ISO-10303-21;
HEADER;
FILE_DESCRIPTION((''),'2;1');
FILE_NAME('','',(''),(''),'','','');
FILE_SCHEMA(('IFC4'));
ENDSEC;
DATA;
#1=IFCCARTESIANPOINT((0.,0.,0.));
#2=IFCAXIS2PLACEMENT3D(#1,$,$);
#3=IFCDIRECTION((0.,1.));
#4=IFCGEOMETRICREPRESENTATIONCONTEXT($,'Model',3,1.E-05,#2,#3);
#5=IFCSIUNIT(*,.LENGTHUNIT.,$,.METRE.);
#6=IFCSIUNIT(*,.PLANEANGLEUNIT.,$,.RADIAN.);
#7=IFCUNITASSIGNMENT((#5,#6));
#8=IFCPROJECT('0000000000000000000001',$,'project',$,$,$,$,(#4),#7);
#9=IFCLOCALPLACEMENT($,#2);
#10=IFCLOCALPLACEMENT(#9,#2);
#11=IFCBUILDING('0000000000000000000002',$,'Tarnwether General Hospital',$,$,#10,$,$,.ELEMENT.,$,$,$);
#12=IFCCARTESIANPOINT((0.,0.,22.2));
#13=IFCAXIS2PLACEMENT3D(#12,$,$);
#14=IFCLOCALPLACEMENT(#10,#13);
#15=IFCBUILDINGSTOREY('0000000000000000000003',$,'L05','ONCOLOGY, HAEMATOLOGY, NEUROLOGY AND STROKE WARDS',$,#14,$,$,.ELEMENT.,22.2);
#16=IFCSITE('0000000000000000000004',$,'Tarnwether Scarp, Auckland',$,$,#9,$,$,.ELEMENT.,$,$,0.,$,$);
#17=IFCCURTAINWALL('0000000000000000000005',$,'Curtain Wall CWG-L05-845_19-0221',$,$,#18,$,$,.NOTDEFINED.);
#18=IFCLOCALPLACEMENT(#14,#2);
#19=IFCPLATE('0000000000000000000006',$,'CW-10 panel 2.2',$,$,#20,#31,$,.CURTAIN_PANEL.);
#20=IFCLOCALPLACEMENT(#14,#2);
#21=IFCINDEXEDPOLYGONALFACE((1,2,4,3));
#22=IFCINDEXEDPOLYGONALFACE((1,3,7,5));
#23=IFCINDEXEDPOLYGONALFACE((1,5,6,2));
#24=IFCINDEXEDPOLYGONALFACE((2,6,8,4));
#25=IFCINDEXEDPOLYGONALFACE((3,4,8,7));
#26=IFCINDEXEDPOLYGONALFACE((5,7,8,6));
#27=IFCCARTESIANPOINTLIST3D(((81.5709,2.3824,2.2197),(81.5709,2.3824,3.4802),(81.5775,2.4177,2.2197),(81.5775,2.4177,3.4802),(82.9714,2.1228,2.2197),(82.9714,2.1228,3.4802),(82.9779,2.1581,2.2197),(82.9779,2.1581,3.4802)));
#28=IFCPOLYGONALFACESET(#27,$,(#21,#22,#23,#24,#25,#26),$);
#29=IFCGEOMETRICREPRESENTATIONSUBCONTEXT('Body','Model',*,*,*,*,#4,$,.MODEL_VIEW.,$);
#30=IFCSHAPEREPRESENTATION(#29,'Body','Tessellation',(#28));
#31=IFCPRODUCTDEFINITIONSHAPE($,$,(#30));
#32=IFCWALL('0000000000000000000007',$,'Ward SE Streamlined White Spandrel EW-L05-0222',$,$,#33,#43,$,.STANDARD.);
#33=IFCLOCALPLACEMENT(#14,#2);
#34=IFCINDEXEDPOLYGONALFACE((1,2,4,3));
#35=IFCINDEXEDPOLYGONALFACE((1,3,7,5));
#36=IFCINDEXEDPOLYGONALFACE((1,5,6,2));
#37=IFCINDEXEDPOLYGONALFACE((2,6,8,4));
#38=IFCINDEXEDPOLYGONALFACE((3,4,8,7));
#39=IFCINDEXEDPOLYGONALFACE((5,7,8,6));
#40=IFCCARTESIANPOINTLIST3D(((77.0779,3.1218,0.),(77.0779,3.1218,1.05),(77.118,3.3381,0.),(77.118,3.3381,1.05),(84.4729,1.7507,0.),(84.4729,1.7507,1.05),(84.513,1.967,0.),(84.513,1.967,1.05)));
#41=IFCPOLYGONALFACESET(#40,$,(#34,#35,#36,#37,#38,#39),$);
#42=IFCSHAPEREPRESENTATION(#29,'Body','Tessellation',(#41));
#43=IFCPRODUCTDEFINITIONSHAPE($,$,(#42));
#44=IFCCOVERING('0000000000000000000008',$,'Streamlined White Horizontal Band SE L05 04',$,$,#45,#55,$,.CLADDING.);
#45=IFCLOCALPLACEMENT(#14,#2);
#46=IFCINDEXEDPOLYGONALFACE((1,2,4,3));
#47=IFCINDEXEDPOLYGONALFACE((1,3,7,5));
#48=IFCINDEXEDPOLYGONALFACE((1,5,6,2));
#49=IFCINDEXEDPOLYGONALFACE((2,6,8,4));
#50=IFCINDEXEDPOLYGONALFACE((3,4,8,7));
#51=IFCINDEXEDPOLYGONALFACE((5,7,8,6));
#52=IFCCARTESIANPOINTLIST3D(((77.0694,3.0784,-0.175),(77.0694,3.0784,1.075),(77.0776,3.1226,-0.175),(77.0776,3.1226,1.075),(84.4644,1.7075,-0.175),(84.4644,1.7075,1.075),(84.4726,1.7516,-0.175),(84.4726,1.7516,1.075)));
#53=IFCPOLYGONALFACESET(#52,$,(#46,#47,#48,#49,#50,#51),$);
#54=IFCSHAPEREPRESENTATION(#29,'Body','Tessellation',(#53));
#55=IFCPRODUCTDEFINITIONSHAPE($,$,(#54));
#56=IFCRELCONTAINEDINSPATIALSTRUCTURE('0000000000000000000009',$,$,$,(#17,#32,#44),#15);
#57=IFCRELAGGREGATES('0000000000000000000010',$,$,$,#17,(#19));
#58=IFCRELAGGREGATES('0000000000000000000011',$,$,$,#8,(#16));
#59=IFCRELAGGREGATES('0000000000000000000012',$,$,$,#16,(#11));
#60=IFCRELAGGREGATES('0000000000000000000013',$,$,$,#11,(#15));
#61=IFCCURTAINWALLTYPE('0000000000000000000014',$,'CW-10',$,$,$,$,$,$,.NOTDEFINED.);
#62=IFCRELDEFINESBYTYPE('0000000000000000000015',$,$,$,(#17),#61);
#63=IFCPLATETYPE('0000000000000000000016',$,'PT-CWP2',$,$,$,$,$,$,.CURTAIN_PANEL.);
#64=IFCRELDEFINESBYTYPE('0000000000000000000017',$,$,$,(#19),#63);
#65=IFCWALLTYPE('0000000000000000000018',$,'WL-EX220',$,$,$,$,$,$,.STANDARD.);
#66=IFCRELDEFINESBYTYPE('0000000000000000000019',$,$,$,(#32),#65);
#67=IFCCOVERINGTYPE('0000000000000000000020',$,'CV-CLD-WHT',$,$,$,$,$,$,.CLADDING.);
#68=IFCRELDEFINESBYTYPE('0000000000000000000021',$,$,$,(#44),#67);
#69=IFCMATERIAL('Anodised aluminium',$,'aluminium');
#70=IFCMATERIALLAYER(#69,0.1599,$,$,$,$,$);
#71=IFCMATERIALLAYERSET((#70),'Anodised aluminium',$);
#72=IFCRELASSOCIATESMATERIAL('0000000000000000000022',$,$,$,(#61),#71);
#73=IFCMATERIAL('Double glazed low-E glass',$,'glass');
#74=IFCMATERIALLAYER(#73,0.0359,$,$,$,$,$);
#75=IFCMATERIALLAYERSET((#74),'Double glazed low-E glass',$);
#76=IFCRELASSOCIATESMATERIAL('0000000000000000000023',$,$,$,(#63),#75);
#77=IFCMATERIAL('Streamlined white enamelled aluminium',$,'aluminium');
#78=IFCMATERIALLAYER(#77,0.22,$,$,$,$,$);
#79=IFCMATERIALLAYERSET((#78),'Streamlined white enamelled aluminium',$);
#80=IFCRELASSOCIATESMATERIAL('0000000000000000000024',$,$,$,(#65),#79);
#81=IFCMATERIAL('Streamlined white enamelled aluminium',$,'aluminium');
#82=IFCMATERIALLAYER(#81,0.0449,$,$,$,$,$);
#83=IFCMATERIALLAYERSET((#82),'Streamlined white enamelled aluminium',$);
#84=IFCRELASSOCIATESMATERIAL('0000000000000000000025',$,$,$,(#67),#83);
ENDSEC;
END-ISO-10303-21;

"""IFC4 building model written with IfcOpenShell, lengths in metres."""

from ifc_helpers import new_model, si_unit, direction, frame, frame_2d, origin, origin_2d, place, context, subcontext, project, spatial, rectangle, extrude, material, layer, layer_set, type_object, element, aggregate, save


model = new_model("IFC4")

# Units and contexts
model_context = context("Model", 3, precision=1e-05, world=origin(), true_north=direction((0.0, 1.0)))
body_context = subcontext(model_context, "Body", "Model", "MODEL_VIEW")
ifc_project = project(units=[si_unit("LENGTHUNIT", "METRE"), si_unit("PLANEANGLEUNIT", "RADIAN")], contexts=[model_context])

# Site, building, storey
site_placement = place(None, origin())
site = spatial("IfcSite", under=ifc_project, at=site_placement, Name="Tarnwether Scarp, Auckland", CompositionType="ELEMENT", RefElevation=0.0)
building_placement = place(site_placement, origin())
building = spatial("IfcBuilding", under=site, at=building_placement, Name="Tarnwether General Hospital", CompositionType="ELEMENT")
storey_placement = place(building_placement, frame((0.0, 0.0, 22.2)))
storey = spatial("IfcBuildingStorey", under=building, at=storey_placement, Name="L05", Description="ONCOLOGY, HAEMATOLOGY, NEUROLOGY AND STROKE WARDS", CompositionType="ELEMENT", Elevation=22.2)

# Curtain wall
ifc_material_1 = material(Name="Anodised aluminium", Category="aluminium")
ifc_layer_1 = layer(ifc_material_1, 0.1599)
ifc_layer_set_1 = layer_set([ifc_layer_1], Name="Anodised aluminium")
curtain_wall_type = type_object("IfcCurtainWallType", Name="CW-10", PredefinedType="NOTDEFINED", material=ifc_layer_set_1)
curtain_wall_1_placement = place(storey_placement, origin())
curtain_wall_1 = element("IfcCurtainWall", 1, at=curtain_wall_1_placement, inside=storey, type_object=curtain_wall_type, Name="Curtain Wall CWG-L05-845_19-0221", PredefinedType="NOTDEFINED")

# Plate
ifc_material_2 = material(Name="Double glazed low-E glass", Category="glass")
ifc_layer_2 = layer(ifc_material_2, 0.0359)
ifc_layer_set_2 = layer_set([ifc_layer_2], Name="Double glazed low-E glass")
plate_type_1 = type_object("IfcPlateType", Name="PT-CWP2", PredefinedType="CURTAIN_PANEL", material=ifc_layer_set_2)
plate_1_placement = place(storey_placement, frame((82.2744, 2.2703, 2.2197), z_axis=(0.0, 0.0, 1.0), x_axis=(-0.983245, 0.182289, 0.0)))
plate_1 = element("IfcPlate", 2, at=plate_1_placement, type_object=plate_type_1, Name="CW-10 panel 2.2", PredefinedType="CURTAIN_PANEL", context=body_context, shape_type="SweptSolid", body=[
    extrude(rectangle(XDim=1.4243, YDim=0.0359, at=origin_2d()), origin(), (0.0, 0.0, 1.0), 1.2605),
])
aggregate(curtain_wall_1, [plate_1])

# Wall
ifc_material_3 = material(Name="Streamlined white enamelled aluminium", Category="aluminium")
ifc_layer_3 = layer(ifc_material_3, 0.22)
ifc_layer_set_3 = layer_set([ifc_layer_3], Name="Streamlined white enamelled aluminium")
wall_type = type_object("IfcWallType", Name="WL-EX220", PredefinedType="STANDARD", material=ifc_layer_set_3)
wall_placement = place(storey_placement, frame((84.4929, 1.8589, 0.0), z_axis=(0.0, 0.0, 1.0), x_axis=(-0.983243, 0.182301, 0.0)))
element("IfcWall", 3, at=wall_placement, inside=storey, type_object=wall_type, Name="Ward SE Streamlined White Spandrel EW-L05-0222", PredefinedType="STANDARD", context=body_context, shape_type="SweptSolid", body=[
    extrude(rectangle(XDim=7.521, YDim=0.22, at=frame_2d((3.7605, 0.0))), origin(), (0.0, 0.0, 1.0), 1.05),
])

# Covering
ifc_material_4 = material(Name="Streamlined white enamelled aluminium", Category="aluminium")
ifc_layer_4 = layer(ifc_material_4, 0.0449)
ifc_layer_set_4 = layer_set([ifc_layer_4], Name="Streamlined white enamelled aluminium")
covering_type = type_object("IfcCoveringType", Name="CV-CLD-WHT", PredefinedType="CLADDING", material=ifc_layer_set_4)
covering_placement = place(storey_placement, frame((80.771, 2.415, -0.175), z_axis=(0.0, 0.0, 1.0), x_axis=(-0.983245, 0.182287, 0.0)))
element("IfcCovering", 4, at=covering_placement, inside=storey, type_object=covering_type, Name="Streamlined White Horizontal Band SE L05 04", PredefinedType="CLADDING", context=body_context, shape_type="SweptSolid", body=[
    extrude(rectangle(XDim=7.521, YDim=0.0449, at=origin_2d()), origin(), (0.0, 0.0, 1.0), 1.25),
])

save(model, "model.ifc")
